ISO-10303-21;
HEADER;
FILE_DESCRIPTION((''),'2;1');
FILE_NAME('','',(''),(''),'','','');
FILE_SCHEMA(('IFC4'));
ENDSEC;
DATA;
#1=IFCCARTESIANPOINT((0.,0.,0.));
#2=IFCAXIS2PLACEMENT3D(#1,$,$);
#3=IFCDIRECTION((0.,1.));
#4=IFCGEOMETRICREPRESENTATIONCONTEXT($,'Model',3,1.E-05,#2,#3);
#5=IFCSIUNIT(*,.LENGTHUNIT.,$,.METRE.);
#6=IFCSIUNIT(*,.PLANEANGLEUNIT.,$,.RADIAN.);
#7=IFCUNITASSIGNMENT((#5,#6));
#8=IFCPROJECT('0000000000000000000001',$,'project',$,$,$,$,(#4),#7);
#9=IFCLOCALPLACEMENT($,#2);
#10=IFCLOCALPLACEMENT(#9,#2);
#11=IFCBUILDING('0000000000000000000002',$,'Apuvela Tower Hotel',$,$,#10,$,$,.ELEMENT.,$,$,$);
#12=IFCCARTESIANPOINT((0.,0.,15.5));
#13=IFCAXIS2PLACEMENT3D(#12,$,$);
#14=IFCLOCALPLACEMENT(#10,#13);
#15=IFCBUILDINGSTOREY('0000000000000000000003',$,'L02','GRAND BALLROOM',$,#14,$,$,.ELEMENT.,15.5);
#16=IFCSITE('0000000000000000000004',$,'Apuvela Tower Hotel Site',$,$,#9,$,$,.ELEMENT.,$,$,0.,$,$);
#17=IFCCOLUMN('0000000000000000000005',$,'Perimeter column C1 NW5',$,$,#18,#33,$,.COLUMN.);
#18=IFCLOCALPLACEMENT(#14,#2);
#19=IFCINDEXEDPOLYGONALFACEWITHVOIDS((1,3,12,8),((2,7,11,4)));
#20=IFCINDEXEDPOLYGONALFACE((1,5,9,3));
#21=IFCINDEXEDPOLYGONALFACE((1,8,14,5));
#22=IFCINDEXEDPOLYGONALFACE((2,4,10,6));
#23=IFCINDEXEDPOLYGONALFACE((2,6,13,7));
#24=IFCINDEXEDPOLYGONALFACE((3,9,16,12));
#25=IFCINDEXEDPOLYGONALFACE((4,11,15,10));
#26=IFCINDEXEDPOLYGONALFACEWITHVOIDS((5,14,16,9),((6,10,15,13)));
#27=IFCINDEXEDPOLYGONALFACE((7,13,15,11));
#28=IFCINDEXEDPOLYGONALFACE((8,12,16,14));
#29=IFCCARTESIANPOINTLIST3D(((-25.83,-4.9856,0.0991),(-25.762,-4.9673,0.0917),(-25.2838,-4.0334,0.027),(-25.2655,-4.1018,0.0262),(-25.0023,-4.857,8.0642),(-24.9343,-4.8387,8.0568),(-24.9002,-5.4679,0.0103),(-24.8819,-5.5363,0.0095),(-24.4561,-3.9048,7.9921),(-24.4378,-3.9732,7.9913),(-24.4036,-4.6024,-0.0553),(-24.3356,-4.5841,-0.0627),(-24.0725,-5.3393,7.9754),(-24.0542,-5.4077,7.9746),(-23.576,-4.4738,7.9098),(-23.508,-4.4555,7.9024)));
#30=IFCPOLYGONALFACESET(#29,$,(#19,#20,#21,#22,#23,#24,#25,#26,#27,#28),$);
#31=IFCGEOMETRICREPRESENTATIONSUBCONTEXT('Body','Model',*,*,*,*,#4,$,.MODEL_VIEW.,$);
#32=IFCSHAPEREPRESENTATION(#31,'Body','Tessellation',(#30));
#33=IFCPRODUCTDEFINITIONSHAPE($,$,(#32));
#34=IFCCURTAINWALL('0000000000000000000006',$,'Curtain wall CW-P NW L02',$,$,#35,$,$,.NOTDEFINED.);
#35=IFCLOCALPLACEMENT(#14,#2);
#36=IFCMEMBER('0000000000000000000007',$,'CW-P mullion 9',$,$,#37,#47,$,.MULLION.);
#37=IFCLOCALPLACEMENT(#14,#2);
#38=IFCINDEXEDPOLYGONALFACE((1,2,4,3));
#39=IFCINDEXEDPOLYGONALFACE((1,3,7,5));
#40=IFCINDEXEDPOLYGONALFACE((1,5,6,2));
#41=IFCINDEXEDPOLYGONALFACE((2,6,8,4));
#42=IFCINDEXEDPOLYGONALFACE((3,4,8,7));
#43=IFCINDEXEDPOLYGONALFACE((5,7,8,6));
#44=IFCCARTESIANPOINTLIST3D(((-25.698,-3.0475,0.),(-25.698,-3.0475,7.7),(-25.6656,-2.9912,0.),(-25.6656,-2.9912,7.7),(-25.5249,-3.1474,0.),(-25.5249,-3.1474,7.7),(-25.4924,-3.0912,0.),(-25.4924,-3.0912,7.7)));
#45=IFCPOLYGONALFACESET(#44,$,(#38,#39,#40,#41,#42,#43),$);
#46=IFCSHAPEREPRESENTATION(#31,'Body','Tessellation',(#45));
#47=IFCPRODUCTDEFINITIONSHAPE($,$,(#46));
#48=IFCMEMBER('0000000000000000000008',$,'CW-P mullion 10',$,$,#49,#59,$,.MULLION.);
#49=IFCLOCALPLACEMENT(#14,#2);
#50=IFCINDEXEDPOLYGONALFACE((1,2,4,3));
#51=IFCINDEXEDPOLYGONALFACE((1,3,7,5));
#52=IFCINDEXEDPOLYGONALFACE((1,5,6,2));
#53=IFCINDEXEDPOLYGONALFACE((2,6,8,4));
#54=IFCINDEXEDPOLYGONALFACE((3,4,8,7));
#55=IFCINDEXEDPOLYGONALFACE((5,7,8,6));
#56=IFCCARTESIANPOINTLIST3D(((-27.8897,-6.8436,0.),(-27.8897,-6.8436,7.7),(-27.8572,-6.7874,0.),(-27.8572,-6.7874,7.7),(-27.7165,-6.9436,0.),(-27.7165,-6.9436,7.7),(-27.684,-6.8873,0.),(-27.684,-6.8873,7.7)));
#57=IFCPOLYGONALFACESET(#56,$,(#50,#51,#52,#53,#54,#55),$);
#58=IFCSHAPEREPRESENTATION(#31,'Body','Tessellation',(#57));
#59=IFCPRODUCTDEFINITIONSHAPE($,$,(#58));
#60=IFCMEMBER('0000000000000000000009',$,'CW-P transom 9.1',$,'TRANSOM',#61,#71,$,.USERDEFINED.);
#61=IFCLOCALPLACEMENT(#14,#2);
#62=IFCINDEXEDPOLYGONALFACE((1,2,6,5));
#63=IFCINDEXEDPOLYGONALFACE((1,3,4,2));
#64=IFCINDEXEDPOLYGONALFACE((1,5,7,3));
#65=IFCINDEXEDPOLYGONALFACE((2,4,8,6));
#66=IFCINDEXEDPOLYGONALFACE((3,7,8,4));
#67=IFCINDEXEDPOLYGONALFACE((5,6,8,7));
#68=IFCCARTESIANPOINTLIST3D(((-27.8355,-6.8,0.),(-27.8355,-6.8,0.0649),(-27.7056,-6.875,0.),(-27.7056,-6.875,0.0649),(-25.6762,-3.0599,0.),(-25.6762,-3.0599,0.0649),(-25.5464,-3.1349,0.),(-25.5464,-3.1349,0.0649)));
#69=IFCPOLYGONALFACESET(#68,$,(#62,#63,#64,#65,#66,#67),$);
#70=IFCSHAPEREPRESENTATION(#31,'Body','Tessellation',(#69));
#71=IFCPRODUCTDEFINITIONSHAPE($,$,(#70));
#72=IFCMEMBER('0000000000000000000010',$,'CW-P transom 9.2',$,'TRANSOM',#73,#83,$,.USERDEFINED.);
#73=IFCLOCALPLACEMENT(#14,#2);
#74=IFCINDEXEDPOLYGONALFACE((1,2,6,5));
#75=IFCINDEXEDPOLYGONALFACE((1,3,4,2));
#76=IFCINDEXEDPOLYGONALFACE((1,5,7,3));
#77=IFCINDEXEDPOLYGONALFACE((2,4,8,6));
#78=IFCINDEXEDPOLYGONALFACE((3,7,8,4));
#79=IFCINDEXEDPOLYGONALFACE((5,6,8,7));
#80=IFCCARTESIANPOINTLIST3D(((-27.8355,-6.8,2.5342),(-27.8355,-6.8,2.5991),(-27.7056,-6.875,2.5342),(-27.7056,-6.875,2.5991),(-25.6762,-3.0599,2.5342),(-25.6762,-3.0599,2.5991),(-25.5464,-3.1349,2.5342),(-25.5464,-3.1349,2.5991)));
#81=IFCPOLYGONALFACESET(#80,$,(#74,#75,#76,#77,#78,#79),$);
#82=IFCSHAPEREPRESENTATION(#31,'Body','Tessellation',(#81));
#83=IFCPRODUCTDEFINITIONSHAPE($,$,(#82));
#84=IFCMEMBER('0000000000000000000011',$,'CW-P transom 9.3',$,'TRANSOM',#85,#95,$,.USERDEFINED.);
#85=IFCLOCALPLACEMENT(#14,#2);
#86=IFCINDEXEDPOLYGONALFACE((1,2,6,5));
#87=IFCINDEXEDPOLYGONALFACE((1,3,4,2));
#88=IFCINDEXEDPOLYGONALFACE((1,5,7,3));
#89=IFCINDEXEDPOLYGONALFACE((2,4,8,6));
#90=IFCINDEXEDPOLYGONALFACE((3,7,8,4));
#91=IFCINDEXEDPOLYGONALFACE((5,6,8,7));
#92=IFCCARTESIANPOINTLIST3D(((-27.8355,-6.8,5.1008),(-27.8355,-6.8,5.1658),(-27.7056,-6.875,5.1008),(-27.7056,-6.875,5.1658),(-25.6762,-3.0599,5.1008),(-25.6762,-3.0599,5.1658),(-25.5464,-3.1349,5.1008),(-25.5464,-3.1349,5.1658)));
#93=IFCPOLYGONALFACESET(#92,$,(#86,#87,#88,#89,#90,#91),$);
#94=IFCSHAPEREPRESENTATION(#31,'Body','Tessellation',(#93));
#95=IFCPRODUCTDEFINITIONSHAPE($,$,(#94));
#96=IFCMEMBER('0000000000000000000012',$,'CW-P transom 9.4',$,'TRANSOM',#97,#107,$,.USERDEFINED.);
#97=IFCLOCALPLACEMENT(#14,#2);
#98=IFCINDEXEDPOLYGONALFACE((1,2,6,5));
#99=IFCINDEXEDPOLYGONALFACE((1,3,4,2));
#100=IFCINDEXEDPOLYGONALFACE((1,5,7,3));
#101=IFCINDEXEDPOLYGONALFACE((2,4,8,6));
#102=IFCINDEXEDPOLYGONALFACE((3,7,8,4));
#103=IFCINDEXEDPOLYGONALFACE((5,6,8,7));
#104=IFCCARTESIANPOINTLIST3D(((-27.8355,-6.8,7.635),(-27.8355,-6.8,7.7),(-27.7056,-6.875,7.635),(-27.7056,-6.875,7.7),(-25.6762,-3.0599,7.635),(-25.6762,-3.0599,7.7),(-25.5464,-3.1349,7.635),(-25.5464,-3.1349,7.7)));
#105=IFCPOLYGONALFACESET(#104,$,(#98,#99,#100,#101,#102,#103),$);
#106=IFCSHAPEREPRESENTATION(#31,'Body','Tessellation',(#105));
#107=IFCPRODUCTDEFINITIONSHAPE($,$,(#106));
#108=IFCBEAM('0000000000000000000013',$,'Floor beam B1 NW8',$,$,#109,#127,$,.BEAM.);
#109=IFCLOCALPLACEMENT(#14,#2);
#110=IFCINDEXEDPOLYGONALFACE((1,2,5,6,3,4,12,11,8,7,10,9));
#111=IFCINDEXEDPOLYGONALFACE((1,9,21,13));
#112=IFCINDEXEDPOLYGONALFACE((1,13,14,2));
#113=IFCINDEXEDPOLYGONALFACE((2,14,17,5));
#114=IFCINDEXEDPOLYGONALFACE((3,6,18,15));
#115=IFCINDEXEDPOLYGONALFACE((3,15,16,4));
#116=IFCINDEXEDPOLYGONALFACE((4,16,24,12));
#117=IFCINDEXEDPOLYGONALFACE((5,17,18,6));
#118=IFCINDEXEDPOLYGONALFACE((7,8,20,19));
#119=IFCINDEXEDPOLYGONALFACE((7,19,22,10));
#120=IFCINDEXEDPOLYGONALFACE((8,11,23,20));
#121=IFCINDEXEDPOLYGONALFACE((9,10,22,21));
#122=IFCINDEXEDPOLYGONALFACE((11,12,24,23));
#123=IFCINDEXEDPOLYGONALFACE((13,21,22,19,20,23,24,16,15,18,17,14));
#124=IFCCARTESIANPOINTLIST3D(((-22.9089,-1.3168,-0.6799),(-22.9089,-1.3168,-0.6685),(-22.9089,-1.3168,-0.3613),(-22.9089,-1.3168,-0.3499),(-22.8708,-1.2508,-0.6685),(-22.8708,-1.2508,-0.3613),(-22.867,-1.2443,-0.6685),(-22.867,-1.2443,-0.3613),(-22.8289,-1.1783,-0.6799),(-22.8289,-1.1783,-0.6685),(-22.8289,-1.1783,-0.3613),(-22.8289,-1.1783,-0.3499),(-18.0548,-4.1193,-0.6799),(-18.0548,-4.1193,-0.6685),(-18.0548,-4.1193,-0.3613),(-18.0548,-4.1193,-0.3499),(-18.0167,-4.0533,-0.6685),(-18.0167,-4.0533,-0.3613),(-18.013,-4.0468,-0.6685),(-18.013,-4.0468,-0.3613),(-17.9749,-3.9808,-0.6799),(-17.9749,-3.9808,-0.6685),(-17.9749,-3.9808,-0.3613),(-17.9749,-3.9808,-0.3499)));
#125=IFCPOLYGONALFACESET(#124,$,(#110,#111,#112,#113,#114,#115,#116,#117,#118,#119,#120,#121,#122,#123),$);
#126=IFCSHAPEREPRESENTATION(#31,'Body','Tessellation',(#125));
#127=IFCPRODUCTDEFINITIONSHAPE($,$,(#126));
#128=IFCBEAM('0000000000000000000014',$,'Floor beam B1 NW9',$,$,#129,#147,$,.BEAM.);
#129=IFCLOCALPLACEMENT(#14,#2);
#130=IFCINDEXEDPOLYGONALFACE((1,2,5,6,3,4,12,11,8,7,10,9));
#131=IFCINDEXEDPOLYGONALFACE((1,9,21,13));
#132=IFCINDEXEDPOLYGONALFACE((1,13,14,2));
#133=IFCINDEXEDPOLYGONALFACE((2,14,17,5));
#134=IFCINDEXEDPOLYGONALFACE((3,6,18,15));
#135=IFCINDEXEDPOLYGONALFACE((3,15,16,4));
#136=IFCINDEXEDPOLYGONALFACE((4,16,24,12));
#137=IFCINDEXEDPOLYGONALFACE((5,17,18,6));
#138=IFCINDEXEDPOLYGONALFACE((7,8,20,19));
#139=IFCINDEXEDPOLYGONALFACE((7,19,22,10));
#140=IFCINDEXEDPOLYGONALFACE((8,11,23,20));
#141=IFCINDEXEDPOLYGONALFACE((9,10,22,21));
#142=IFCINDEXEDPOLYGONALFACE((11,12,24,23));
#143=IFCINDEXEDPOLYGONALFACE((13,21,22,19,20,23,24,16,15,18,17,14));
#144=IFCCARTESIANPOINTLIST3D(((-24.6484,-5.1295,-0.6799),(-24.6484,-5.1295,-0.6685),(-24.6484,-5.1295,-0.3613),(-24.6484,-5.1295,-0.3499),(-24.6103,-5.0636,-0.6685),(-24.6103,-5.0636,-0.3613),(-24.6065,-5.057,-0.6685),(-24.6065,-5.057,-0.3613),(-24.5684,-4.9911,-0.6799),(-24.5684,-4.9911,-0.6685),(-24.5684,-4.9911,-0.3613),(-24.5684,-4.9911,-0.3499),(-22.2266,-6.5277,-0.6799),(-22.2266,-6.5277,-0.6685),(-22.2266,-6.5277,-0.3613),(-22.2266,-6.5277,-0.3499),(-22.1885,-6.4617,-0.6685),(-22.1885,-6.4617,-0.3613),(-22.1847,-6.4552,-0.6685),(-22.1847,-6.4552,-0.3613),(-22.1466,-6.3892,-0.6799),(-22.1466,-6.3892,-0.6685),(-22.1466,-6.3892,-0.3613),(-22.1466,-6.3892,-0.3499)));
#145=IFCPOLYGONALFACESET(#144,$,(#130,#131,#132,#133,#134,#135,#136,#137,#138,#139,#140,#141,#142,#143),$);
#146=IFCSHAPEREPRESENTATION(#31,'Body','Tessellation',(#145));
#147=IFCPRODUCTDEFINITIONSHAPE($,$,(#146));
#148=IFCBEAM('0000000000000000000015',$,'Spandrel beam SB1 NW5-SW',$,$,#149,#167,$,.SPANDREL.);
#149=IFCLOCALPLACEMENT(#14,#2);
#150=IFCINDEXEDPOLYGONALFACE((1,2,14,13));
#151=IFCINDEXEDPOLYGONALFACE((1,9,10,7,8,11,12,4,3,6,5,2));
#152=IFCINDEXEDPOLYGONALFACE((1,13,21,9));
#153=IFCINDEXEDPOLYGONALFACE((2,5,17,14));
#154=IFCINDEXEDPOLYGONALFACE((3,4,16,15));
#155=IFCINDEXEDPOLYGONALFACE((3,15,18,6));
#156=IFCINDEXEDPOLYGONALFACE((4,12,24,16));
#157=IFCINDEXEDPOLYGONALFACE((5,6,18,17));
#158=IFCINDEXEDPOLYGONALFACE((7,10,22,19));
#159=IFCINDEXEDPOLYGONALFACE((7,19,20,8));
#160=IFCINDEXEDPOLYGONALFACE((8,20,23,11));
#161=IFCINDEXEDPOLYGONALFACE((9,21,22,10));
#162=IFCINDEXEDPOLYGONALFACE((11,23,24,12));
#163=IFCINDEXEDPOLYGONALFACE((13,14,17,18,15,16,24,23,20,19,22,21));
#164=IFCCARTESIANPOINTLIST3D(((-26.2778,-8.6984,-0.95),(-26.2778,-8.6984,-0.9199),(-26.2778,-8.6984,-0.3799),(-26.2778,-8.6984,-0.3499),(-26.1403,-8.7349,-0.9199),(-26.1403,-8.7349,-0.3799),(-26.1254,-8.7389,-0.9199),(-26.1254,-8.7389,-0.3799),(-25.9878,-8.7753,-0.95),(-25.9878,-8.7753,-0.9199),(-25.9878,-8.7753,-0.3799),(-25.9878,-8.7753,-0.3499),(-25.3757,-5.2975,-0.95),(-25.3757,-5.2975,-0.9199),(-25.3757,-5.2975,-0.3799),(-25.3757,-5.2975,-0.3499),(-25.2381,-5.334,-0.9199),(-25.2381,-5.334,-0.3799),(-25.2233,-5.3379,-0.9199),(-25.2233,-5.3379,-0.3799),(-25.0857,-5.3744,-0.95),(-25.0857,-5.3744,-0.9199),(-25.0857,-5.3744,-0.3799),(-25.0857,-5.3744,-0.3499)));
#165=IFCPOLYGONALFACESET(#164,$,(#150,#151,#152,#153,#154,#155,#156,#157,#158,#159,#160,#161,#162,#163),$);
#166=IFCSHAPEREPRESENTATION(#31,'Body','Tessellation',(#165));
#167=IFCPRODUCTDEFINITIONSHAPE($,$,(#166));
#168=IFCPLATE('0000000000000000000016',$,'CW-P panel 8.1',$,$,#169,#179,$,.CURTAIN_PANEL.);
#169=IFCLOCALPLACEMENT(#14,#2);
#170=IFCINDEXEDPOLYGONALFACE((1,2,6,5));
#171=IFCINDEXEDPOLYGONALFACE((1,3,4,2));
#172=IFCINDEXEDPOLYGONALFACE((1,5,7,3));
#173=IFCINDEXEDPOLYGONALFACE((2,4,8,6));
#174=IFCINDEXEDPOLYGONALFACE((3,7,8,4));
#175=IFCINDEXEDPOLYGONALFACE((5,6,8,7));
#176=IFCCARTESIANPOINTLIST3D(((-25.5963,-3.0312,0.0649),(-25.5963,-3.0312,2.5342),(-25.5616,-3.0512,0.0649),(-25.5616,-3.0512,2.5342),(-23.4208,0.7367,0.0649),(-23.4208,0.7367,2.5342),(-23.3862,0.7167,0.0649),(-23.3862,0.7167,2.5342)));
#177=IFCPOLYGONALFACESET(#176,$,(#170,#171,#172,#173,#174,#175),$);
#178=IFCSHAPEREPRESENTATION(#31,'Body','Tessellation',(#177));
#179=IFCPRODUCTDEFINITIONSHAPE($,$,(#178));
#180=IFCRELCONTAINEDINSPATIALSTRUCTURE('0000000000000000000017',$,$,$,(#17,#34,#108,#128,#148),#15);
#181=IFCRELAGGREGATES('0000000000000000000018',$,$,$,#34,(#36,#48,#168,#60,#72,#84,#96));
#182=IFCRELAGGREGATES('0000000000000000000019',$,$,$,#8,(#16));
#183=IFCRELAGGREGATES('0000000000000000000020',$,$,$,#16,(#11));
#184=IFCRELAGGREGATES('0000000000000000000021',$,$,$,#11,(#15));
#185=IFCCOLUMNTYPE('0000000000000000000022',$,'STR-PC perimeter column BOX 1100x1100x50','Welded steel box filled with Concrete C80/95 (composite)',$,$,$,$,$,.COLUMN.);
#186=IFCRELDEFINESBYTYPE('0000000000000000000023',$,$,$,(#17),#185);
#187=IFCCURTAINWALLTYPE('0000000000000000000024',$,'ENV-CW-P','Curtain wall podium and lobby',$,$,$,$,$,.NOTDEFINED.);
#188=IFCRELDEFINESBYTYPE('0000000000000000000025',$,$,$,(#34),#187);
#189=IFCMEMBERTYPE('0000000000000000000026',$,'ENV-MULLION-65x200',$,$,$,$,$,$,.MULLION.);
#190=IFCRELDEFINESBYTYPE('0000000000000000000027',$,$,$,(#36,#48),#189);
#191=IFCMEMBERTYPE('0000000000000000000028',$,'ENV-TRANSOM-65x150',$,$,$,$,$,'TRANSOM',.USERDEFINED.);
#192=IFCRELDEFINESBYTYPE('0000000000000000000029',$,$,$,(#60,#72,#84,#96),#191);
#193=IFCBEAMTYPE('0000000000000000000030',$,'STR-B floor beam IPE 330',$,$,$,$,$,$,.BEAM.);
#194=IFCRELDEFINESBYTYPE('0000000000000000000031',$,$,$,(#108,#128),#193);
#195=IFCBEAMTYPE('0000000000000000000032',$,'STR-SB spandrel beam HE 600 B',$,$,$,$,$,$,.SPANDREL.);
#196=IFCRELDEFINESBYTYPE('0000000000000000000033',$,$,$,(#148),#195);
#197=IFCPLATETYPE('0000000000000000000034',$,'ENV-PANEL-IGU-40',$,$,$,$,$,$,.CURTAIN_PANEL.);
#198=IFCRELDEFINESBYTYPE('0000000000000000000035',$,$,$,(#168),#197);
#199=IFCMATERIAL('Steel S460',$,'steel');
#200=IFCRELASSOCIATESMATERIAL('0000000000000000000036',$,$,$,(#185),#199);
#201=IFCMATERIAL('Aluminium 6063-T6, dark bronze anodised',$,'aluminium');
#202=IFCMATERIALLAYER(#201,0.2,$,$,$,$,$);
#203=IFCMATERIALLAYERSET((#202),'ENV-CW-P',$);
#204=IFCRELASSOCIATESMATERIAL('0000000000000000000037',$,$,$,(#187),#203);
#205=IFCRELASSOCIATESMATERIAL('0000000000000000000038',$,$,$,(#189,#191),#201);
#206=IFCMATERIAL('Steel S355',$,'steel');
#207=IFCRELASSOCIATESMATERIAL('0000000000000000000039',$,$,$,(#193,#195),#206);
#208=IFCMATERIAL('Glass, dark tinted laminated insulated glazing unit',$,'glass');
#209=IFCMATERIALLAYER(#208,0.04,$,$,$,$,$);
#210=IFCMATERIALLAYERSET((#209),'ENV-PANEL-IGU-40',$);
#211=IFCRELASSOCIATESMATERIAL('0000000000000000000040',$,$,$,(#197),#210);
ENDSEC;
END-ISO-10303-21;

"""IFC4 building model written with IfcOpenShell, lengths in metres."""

from ifc_helpers import new_model, si_unit, direction, frame, origin, origin_2d, place, context, subcontext, project, spatial, rectangle, hollow_rectangle, i_section, extrude, boolean, halfspace, material, layer, layer_set, material_profile, profile_set, type_object, element, aggregate, save


model = new_model("IFC4")

# Units and contexts
model_context = context("Model", 3, precision=1e-05, world=origin(), true_north=direction((0.0, 1.0)))
body_context = subcontext(model_context, "Body", "Model", "MODEL_VIEW")
ifc_project = project(units=[si_unit("LENGTHUNIT", "METRE"), si_unit("PLANEANGLEUNIT", "RADIAN")], contexts=[model_context])

# Site, building, storey
site_placement = place(None, origin())
site = spatial("IfcSite", under=ifc_project, at=site_placement, Name="Apuvela Tower Hotel Site", CompositionType="ELEMENT", RefElevation=0.0)
building_placement = place(site_placement, origin())
building = spatial("IfcBuilding", under=site, at=building_placement, Name="Apuvela Tower Hotel", CompositionType="ELEMENT")
storey_placement = place(building_placement, frame((0.0, 0.0, 15.5)))
storey = spatial("IfcBuildingStorey", under=building, at=storey_placement, Name="L02", Description="GRAND BALLROOM", CompositionType="ELEMENT", Elevation=15.5)

# Column
ifc_material_1 = material(Name="Steel S460", Category="steel")
ifc_material_profile_1 = material_profile(ifc_material_1, hollow_rectangle(XDim=1.1001, YDim=1.1001, WallThickness=0.05, at=origin_2d()), Name="BOX 1100x1100x50")
ifc_material_2 = material(Name="Concrete C80/95", Category="concrete")
ifc_material_profile_2 = material_profile(ifc_material_2, rectangle(XDim=1.0, YDim=1.0, at=origin_2d()), Name="Concrete C80/95 infill")
ifc_profile_set_1 = profile_set([ifc_material_profile_1, ifc_material_profile_2], Name="Steel S460")
column_type = type_object("IfcColumnType", Name="STR-PC perimeter column BOX 1100x1100x50", Description="Welded steel box filled with Concrete C80/95 (composite)", PredefinedType="COLUMN", material=ifc_profile_set_1)
column_placement = place(storey_placement, frame((-25.0847, -4.7852, 0.0), z_axis=(0.103343, 0.016055, 0.994516), x_axis=(-0.496544, -0.865531, 0.06557)))
element("IfcColumn", 1, at=column_placement, inside=storey, type_object=column_type, Name="Perimeter column C1 NW5", PredefinedType="COLUMN", context=body_context, shape_type="SweptSolid", body=[
    boolean("DIFFERENCE", boolean("DIFFERENCE", extrude(hollow_rectangle(XDim=1.1001, YDim=1.1001, WallThickness=0.05, at=origin_2d()), origin(), (0.0, 0.0, 1.0), 8.0442), halfspace(frame((0.0, 0.0, 0.0183), z_axis=(0.0, 0.0, 1.0), x_axis=(1.0, 0.0, 0.0)), True)), halfspace(frame((0.0, 0.0, 8.0273), z_axis=(0.0, 0.0, 1.0), x_axis=(1.0, 0.0, 0.0)), False)),
])

# Curtain wall, members
ifc_material_3 = material(Name="Aluminium 6063-T6, dark bronze anodised", Category="aluminium")
ifc_layer_1 = layer(ifc_material_3, 0.2)
ifc_layer_set_1 = layer_set([ifc_layer_1], Name="ENV-CW-P")
curtain_wall_type = type_object("IfcCurtainWallType", Name="ENV-CW-P", Description="Curtain wall podium and lobby", PredefinedType="NOTDEFINED", material=ifc_layer_set_1)
curtain_wall_placement = place(storey_placement, origin())
curtain_wall = element("IfcCurtainWall", 2, at=curtain_wall_placement, inside=storey, type_object=curtain_wall_type, Name="Curtain wall CW-P NW L02", PredefinedType="NOTDEFINED")
ifc_material_profile_3 = material_profile(ifc_material_3, rectangle(XDim=0.2, YDim=0.0649, at=origin_2d()), Name="AL 65x200")
ifc_profile_set_2 = profile_set([ifc_material_profile_3], Name="Aluminium 6063-T6, dark bronze anodised")
member_type_1 = type_object("IfcMemberType", Name="ENV-MULLION-65x200", PredefinedType="MULLION", material=ifc_profile_set_2)
member_1_placement = place(storey_placement, frame((-25.5952, -3.0693, 0.0), z_axis=(0.0, 0.0, 1.0), x_axis=(0.866025, -0.500001, 0.0)))
member_1 = element("IfcMember", 3, at=member_1_placement, type_object=member_type_1, Name="CW-P mullion 9", PredefinedType="MULLION", context=body_context, shape_type="SweptSolid", body=[
    extrude(rectangle(XDim=0.2, YDim=0.0649, at=origin_2d()), origin(), (0.0, 0.0, 1.0), 7.7),
])
member_2_placement = place(storey_placement, frame((-27.7869, -6.8655, 0.0), z_axis=(0.0, 0.0, 1.0), x_axis=(0.866025, -0.500001, 0.0)))
member_2 = element("IfcMember", 4, at=member_2_placement, type_object=member_type_1, Name="CW-P mullion 10", PredefinedType="MULLION", context=body_context, shape_type="SweptSolid", body=[
    extrude(rectangle(XDim=0.2, YDim=0.0649, at=origin_2d()), origin(), (0.0, 0.0, 1.0), 7.7),
])
ifc_material_profile_4 = material_profile(ifc_material_3, rectangle(XDim=0.1499, YDim=0.0649, at=origin_2d()), Name="AL 65x150 transom")
ifc_profile_set_3 = profile_set([ifc_material_profile_4], Name="Aluminium 6063-T6, dark bronze anodised")
member_type_2 = type_object("IfcMemberType", Name="ENV-TRANSOM-65x150", ElementType="TRANSOM", PredefinedType="USERDEFINED", material=ifc_profile_set_3)
member_3_placement = place(storey_placement, frame((-25.6113, -3.0974, 0.0325), z_axis=(-0.499982, -0.866036, 0.0), x_axis=(0.866036, -0.499982, 0.0)))
member_3 = element("IfcMember", 5, at=member_3_placement, type_object=member_type_2, Name="CW-P transom 9.1", ObjectType="TRANSOM", PredefinedType="USERDEFINED", context=body_context, shape_type="SweptSolid", body=[
    extrude(rectangle(XDim=0.1499, YDim=0.0649, at=origin_2d()), origin(), (0.0, 0.0, 1.0), 4.3186),
])
member_4_placement = place(storey_placement, frame((-25.6113, -3.0974, 2.5667), z_axis=(-0.499982, -0.866036, 0.0), x_axis=(0.866036, -0.499982, 0.0)))
member_4 = element("IfcMember", 6, at=member_4_placement, type_object=member_type_2, Name="CW-P transom 9.2", ObjectType="TRANSOM", PredefinedType="USERDEFINED", context=body_context, shape_type="SweptSolid", body=[
    extrude(rectangle(XDim=0.1499, YDim=0.0649, at=origin_2d()), origin(), (0.0, 0.0, 1.0), 4.3186),
])
member_5_placement = place(storey_placement, frame((-25.6113, -3.0974, 5.1333), z_axis=(-0.499982, -0.866036, 0.0), x_axis=(0.866036, -0.499982, 0.0)))
member_5 = element("IfcMember", 7, at=member_5_placement, type_object=member_type_2, Name="CW-P transom 9.3", ObjectType="TRANSOM", PredefinedType="USERDEFINED", context=body_context, shape_type="SweptSolid", body=[
    extrude(rectangle(XDim=0.1499, YDim=0.0649, at=origin_2d()), origin(), (0.0, 0.0, 1.0), 4.3186),
])
member_6_placement = place(storey_placement, frame((-25.6113, -3.0974, 7.6675), z_axis=(-0.499982, -0.866036, 0.0), x_axis=(0.866036, -0.499982, 0.0)))
member_6 = element("IfcMember", 8, at=member_6_placement, type_object=member_type_2, Name="CW-P transom 9.4", ObjectType="TRANSOM", PredefinedType="USERDEFINED", context=body_context, shape_type="SweptSolid", body=[
    extrude(rectangle(XDim=0.1499, YDim=0.0649, at=origin_2d()), origin(), (0.0, 0.0, 1.0), 4.3186),
])

# Beams
ifc_material_4 = material(Name="Steel S355", Category="steel")
ifc_material_profile_5 = material_profile(ifc_material_4, i_section(OverallWidth=0.1599, OverallDepth=0.3301, WebThickness=0.0076, FlangeThickness=0.0115, at=origin_2d()), Name="IPE 330")
ifc_profile_set_4 = profile_set([ifc_material_profile_5], Name="Steel S355")
beam_type_1 = type_object("IfcBeamType", Name="STR-B floor beam IPE 330", PredefinedType="BEAM", material=ifc_profile_set_4)
beam_1_placement = place(storey_placement, frame((-22.8689, -1.2476, -0.5149), z_axis=(0.866023, -0.500004, 0.0), x_axis=(0.500004, 0.866023, 0.0)))
element("IfcBeam", 9, at=beam_1_placement, inside=storey, type_object=beam_type_1, Name="Floor beam B1 NW8", PredefinedType="BEAM", context=body_context, shape_type="SweptSolid", body=[
    extrude(i_section(OverallWidth=0.1599, OverallDepth=0.3301, WebThickness=0.0076, FlangeThickness=0.0115, at=origin_2d()), origin(), (0.0, 0.0, 1.0), 5.605),
])
beam_2_placement = place(storey_placement, frame((-24.6084, -5.0603, -0.5149), z_axis=(0.866037, -0.499979, 0.0), x_axis=(0.499979, 0.866037, 0.0)))
element("IfcBeam", 10, at=beam_2_placement, inside=storey, type_object=beam_type_1, Name="Floor beam B1 NW9", PredefinedType="BEAM", context=body_context, shape_type="SweptSolid", body=[
    extrude(i_section(OverallWidth=0.1599, OverallDepth=0.3301, WebThickness=0.0076, FlangeThickness=0.0115, at=origin_2d()), origin(), (0.0, 0.0, 1.0), 2.7964),
])
ifc_material_profile_6 = material_profile(ifc_material_4, i_section(OverallWidth=0.3, OverallDepth=0.6001, WebThickness=0.0154, FlangeThickness=0.03, at=origin_2d()), Name="HE 600 B")
ifc_profile_set_5 = profile_set([ifc_material_profile_6], Name="Steel S355")
beam_type_2 = type_object("IfcBeamType", Name="STR-SB spandrel beam HE 600 B", PredefinedType="SPANDREL", material=ifc_profile_set_5)
beam_3_placement = place(storey_placement, frame((-25.2307, -5.3359, -0.6499), z_axis=(-0.256388, -0.966574, 0.0), x_axis=(0.966574, -0.256388, 0.0)))
element("IfcBeam", 11, at=beam_3_placement, inside=storey, type_object=beam_type_2, Name="Spandrel beam SB1 NW5-SW", PredefinedType="SPANDREL", context=body_context, shape_type="SweptSolid", body=[
    extrude(i_section(OverallWidth=0.3, OverallDepth=0.6001, WebThickness=0.0154, FlangeThickness=0.03, at=origin_2d()), origin(), (0.0, 0.0, 1.0), 3.5186),
])

# Plate
ifc_material_5 = material(Name="Glass, dark tinted laminated insulated glazing unit", Category="glass")
ifc_layer_2 = layer(ifc_material_5, 0.04)
ifc_layer_set_2 = layer_set([ifc_layer_2], Name="ENV-PANEL-IGU-40")
plate_type = type_object("IfcPlateType", Name="ENV-PANEL-IGU-40", PredefinedType="CURTAIN_PANEL", material=ifc_layer_set_2)
plate_1_placement = place(storey_placement, frame((-24.4912, -1.1572, 0.0649), z_axis=(0.0, 0.0, 1.0), x_axis=(-0.500001, -0.866025, 0.0)))
plate_1 = element("IfcPlate", 12, at=plate_1_placement, type_object=plate_type, Name="CW-P panel 8.1", PredefinedType="CURTAIN_PANEL", context=body_context, shape_type="SweptSolid", body=[
    extrude(rectangle(XDim=4.3508, YDim=0.04, at=origin_2d()), origin(), (0.0, 0.0, 1.0), 2.4692),
])
aggregate(curtain_wall, [member_1, member_2, plate_1, member_3, member_4, member_5, member_6])

save(model, "model.ifc")
